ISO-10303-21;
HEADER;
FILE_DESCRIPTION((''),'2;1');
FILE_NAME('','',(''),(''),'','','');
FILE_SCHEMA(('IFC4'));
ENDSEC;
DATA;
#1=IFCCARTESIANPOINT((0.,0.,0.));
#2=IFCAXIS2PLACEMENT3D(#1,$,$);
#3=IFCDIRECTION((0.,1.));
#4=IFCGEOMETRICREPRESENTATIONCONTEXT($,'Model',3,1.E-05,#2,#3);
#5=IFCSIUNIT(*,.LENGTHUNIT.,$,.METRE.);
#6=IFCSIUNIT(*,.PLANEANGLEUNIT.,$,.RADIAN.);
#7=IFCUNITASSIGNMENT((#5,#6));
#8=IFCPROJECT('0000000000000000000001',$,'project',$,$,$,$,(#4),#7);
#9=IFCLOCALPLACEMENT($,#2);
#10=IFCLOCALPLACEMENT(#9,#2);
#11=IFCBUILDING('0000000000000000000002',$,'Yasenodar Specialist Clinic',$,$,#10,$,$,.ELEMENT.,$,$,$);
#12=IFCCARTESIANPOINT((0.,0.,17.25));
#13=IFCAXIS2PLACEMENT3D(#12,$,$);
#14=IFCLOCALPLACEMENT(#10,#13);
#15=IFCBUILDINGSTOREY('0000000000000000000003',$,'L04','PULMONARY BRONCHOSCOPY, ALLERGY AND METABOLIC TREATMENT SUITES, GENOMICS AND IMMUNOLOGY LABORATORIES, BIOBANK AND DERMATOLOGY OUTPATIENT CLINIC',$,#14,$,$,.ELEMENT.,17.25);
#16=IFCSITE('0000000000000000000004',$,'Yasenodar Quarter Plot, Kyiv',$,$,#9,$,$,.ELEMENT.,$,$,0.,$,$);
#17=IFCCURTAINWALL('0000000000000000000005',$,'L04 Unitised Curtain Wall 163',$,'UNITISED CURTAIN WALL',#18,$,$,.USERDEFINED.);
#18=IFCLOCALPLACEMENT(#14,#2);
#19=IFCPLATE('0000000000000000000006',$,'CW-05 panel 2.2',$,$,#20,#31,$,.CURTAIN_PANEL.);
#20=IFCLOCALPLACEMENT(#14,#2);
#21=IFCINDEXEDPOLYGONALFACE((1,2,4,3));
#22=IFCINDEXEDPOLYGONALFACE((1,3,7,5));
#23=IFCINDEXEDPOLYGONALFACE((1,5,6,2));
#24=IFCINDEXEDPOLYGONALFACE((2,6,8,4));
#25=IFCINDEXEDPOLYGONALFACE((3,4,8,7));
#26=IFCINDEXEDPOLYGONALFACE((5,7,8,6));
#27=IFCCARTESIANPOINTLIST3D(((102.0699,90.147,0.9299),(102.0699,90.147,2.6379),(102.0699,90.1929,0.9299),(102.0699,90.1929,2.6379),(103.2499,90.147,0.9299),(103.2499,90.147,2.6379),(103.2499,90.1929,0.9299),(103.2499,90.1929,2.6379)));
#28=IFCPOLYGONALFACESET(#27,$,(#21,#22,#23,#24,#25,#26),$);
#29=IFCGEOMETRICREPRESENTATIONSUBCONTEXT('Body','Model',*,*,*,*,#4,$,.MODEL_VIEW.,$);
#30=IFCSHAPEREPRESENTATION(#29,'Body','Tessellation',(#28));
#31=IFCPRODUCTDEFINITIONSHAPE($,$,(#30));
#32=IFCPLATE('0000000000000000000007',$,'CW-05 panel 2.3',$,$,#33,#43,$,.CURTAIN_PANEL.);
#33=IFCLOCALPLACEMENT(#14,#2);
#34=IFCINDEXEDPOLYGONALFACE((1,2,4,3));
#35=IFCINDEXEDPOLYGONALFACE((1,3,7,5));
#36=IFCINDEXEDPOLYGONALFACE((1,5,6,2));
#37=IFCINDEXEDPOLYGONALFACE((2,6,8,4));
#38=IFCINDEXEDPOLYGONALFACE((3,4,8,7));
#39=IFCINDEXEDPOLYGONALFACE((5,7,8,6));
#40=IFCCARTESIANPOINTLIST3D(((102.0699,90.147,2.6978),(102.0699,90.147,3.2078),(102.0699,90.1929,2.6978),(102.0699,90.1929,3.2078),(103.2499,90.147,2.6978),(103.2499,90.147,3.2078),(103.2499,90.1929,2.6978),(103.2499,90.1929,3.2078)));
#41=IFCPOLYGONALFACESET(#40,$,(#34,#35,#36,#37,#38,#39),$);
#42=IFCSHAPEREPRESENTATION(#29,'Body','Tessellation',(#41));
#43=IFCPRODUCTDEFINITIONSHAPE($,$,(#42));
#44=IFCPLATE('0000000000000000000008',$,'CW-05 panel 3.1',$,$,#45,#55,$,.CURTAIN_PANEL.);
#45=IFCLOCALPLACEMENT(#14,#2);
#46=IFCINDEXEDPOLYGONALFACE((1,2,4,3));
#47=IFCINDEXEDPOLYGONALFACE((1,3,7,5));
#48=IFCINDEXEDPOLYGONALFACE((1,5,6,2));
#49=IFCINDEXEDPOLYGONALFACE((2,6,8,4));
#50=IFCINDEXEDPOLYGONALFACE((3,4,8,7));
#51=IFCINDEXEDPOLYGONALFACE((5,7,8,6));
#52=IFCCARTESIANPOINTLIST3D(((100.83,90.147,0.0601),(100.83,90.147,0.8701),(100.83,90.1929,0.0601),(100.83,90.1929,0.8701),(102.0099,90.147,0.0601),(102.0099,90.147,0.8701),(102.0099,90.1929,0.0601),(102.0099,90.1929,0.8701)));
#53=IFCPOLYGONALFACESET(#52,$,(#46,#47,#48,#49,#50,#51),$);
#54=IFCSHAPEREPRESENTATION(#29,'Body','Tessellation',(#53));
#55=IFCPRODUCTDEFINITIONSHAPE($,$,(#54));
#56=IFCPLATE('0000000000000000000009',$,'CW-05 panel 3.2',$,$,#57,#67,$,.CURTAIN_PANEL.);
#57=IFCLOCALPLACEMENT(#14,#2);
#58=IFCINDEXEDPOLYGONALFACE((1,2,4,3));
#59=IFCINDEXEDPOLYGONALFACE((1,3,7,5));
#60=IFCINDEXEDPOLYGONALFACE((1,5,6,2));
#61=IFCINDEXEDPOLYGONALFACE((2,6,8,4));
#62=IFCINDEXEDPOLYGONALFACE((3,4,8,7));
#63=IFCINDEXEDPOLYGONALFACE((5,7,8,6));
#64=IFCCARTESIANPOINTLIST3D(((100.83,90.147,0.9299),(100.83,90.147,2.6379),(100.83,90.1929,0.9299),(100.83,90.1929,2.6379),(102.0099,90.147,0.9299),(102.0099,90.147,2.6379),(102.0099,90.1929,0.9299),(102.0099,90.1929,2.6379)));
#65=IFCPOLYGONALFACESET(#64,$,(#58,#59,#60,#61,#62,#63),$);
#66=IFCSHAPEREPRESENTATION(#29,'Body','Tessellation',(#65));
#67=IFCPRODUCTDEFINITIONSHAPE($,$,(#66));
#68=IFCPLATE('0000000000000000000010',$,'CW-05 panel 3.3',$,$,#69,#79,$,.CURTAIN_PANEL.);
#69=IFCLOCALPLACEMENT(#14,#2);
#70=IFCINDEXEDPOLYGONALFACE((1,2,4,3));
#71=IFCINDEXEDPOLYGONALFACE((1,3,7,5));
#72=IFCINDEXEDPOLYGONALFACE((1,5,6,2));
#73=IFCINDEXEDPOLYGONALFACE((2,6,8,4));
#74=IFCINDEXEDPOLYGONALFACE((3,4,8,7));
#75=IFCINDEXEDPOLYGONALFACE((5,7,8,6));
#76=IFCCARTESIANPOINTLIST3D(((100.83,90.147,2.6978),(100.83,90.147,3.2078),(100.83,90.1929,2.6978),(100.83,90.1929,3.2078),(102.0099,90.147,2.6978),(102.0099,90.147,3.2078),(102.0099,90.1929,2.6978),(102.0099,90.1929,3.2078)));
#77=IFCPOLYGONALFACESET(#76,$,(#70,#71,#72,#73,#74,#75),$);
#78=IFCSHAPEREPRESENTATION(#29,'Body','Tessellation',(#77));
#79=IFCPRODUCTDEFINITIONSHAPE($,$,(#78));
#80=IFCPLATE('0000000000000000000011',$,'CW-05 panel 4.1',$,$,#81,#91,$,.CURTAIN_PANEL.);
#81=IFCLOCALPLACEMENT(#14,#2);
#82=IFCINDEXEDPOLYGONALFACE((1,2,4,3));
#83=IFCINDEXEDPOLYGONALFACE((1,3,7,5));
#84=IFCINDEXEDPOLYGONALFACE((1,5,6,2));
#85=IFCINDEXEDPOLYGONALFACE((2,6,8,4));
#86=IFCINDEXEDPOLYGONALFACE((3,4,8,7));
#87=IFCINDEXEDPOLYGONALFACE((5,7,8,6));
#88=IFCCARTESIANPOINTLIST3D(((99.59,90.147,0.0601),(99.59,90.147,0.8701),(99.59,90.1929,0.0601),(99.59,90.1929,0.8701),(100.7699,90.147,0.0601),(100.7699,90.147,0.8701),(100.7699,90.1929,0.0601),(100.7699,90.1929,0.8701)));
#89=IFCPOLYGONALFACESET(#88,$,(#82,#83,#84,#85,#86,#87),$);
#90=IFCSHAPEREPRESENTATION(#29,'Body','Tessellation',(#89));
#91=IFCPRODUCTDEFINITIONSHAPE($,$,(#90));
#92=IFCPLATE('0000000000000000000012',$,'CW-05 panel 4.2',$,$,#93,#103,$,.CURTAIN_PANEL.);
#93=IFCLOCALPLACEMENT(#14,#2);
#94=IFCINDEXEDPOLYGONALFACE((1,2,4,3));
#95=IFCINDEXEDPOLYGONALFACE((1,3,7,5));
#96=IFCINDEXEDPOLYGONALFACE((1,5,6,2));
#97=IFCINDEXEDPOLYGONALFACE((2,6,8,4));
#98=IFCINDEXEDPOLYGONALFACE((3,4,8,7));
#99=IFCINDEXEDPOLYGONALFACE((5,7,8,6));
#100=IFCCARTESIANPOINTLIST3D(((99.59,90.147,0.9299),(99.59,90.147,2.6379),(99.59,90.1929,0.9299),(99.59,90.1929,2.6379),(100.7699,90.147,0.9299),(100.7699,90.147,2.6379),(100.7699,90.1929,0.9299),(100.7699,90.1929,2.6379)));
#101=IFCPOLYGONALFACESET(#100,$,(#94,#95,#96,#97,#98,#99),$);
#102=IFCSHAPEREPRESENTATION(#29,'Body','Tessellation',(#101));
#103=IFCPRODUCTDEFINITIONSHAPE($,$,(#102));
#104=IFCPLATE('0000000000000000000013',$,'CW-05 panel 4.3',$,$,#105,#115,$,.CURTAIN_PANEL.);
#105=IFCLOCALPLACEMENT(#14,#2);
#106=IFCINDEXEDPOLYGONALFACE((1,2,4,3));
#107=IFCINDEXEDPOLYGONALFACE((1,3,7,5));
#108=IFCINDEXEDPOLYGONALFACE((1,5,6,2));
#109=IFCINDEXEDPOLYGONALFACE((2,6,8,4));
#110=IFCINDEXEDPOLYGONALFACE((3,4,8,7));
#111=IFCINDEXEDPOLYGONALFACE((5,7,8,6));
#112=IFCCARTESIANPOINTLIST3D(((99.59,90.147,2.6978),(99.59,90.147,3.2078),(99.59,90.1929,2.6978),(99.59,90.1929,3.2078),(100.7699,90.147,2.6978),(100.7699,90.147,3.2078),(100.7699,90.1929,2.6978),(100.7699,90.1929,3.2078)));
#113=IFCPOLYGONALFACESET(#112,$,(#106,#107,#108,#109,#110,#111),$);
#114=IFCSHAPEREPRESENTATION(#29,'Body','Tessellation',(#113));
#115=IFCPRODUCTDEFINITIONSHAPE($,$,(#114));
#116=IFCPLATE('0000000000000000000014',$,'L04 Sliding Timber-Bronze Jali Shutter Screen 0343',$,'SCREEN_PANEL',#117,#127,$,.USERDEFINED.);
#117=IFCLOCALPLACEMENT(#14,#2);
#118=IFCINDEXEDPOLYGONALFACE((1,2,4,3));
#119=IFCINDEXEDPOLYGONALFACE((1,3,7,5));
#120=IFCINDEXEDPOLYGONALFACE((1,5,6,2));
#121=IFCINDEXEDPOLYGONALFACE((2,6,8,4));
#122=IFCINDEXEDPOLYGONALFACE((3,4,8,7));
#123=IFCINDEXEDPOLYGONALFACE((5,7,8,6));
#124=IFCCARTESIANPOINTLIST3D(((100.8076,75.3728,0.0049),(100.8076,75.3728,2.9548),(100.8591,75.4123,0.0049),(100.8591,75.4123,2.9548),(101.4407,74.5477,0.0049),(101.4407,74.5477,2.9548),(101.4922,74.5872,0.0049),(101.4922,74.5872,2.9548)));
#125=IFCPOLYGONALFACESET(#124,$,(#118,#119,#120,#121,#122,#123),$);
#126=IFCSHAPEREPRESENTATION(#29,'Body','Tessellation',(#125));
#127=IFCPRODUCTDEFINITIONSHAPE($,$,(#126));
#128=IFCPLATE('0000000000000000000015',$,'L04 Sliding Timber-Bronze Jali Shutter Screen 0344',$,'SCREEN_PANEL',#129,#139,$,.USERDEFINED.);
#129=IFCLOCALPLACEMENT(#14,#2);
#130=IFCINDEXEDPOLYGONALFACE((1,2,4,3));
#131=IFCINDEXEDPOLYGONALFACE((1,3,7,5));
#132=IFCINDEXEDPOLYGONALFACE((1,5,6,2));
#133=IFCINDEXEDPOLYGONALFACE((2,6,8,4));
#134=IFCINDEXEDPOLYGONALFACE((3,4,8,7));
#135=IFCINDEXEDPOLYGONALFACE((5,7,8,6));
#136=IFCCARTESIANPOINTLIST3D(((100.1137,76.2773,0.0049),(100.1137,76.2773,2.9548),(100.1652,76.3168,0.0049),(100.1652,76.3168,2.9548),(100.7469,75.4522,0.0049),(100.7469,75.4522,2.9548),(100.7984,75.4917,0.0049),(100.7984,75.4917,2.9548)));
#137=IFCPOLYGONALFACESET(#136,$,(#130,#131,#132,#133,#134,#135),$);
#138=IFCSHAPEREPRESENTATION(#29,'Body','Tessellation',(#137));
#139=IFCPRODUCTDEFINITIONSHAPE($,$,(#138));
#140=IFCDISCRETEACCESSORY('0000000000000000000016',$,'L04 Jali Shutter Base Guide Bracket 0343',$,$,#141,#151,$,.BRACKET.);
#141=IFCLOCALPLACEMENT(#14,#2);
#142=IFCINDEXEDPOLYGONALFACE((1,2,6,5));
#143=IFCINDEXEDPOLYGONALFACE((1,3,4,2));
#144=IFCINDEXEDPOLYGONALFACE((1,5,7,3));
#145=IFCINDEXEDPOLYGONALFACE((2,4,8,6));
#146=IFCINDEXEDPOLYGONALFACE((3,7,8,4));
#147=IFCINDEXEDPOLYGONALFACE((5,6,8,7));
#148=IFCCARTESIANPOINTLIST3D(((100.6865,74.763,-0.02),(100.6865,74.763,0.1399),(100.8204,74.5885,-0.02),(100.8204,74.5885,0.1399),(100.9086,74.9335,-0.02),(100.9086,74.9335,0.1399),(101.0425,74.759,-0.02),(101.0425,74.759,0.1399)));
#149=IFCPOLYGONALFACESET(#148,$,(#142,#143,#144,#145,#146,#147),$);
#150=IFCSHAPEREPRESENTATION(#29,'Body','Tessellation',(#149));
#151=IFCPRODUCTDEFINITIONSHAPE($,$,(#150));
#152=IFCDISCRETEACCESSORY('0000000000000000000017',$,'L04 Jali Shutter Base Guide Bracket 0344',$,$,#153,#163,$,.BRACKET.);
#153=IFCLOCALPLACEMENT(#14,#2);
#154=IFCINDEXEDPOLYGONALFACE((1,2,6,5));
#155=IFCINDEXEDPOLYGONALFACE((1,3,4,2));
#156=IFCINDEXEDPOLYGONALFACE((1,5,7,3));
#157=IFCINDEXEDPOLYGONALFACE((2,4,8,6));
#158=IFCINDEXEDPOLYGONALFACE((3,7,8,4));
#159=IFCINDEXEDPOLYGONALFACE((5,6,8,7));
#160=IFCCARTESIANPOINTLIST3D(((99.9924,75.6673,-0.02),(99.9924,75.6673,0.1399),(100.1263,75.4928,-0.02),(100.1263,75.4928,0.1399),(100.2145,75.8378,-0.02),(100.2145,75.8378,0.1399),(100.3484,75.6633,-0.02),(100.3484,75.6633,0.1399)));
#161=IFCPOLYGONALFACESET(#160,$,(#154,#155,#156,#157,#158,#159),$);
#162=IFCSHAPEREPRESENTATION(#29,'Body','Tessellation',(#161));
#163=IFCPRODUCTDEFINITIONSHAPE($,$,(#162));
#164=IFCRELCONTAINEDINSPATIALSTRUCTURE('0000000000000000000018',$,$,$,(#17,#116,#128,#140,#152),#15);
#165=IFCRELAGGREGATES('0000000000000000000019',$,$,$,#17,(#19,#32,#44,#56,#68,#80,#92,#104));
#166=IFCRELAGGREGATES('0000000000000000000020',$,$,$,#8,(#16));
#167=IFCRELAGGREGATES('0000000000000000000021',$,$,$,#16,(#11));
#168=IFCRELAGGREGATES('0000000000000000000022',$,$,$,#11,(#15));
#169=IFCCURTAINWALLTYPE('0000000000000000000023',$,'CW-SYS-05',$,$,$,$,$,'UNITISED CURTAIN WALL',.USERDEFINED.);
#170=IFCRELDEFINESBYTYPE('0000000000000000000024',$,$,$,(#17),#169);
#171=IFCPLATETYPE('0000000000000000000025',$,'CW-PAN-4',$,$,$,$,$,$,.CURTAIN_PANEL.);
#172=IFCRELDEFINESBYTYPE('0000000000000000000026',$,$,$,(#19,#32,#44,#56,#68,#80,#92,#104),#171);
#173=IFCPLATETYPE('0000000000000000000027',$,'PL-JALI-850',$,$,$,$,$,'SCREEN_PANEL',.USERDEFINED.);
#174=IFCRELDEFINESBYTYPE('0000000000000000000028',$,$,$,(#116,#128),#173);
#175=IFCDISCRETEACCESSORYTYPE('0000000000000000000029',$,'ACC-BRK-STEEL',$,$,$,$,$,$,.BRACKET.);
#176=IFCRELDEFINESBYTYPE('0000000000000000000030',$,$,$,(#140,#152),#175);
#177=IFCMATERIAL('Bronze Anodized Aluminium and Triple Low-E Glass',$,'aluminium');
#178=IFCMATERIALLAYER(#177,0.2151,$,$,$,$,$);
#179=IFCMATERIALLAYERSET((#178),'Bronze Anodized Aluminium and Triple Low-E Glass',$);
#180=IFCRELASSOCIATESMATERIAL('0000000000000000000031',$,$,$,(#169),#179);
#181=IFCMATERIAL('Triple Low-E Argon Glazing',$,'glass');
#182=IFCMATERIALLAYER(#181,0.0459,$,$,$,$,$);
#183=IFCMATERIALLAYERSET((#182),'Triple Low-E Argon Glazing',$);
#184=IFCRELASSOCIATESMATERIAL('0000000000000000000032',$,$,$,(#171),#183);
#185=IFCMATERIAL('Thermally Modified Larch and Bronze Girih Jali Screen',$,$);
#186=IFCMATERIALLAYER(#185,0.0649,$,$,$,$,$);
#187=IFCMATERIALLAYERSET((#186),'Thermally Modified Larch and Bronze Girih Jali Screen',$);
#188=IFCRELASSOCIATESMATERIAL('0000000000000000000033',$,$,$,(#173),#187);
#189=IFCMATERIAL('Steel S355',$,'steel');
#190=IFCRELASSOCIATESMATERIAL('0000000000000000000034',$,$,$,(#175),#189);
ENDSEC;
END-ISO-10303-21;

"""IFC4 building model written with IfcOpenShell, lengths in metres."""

from ifc_helpers import new_model, si_unit, direction, frame, origin, origin_2d, place, context, subcontext, project, spatial, rectangle, extrude, material, layer, layer_set, type_object, element, aggregate, save


model = new_model("IFC4")

# Units and contexts
model_context = context("Model", 3, precision=1e-05, world=origin(), true_north=direction((0.0, 1.0)))
body_context = subcontext(model_context, "Body", "Model", "MODEL_VIEW")
ifc_project = project(units=[si_unit("LENGTHUNIT", "METRE"), si_unit("PLANEANGLEUNIT", "RADIAN")], contexts=[model_context])

# Site, building, storey
site_placement = place(None, origin())
site = spatial("IfcSite", under=ifc_project, at=site_placement, Name="Yasenodar Quarter Plot, Kyiv", CompositionType="ELEMENT", RefElevation=0.0)
building_placement = place(site_placement, origin())
building = spatial("IfcBuilding", under=site, at=building_placement, Name="Yasenodar Specialist Clinic", CompositionType="ELEMENT")
storey_placement = place(building_placement, frame((0.0, 0.0, 17.25)))
storey = spatial("IfcBuildingStorey", under=building, at=storey_placement, Name="L04", Description="PULMONARY BRONCHOSCOPY, ALLERGY AND METABOLIC TREATMENT SUITES, GENOMICS AND IMMUNOLOGY LABORATORIES, BIOBANK AND DERMATOLOGY OUTPATIENT CLINIC", CompositionType="ELEMENT", Elevation=17.25)

# Curtain wall, plates
ifc_material_1 = material(Name="Bronze Anodized Aluminium and Triple Low-E Glass", Category="aluminium")
ifc_layer_1 = layer(ifc_material_1, 0.2151)
ifc_layer_set_1 = layer_set([ifc_layer_1], Name="Bronze Anodized Aluminium and Triple Low-E Glass")
curtain_wall_type = type_object("IfcCurtainWallType", Name="CW-SYS-05", ElementType="UNITISED CURTAIN WALL", PredefinedType="USERDEFINED", material=ifc_layer_set_1)
curtain_wall_placement = place(storey_placement, origin())
curtain_wall = element("IfcCurtainWall", 1, at=curtain_wall_placement, inside=storey, type_object=curtain_wall_type, Name="L04 Unitised Curtain Wall 163", ObjectType="UNITISED CURTAIN WALL", PredefinedType="USERDEFINED")
ifc_material_2 = material(Name="Triple Low-E Argon Glazing", Category="glass")
ifc_layer_2 = layer(ifc_material_2, 0.0459)
ifc_layer_set_2 = layer_set([ifc_layer_2], Name="Triple Low-E Argon Glazing")
plate_type_1 = type_object("IfcPlateType", Name="CW-PAN-4", PredefinedType="CURTAIN_PANEL", material=ifc_layer_set_2)
plate_1_placement = place(storey_placement, frame((102.6599, 90.1699, 0.9299), z_axis=(0.0, 0.0, 1.0), x_axis=(-1.0, 0.0, 0.0)))
plate_1 = element("IfcPlate", 2, at=plate_1_placement, type_object=plate_type_1, Name="CW-05 panel 2.2", PredefinedType="CURTAIN_PANEL", context=body_context, shape_type="SweptSolid", body=[
    extrude(rectangle(XDim=1.1799, YDim=0.0459, at=origin_2d()), origin(), (0.0, 0.0, 1.0), 1.708),
])
plate_2_placement = place(storey_placement, frame((102.6599, 90.1699, 2.6978), z_axis=(0.0, 0.0, 1.0), x_axis=(-1.0, 0.0, 0.0)))
plate_2 = element("IfcPlate", 3, at=plate_2_placement, type_object=plate_type_1, Name="CW-05 panel 2.3", PredefinedType="CURTAIN_PANEL", context=body_context, shape_type="SweptSolid", body=[
    extrude(rectangle(XDim=1.1799, YDim=0.0459, at=origin_2d()), origin(), (0.0, 0.0, 1.0), 0.51),
])
plate_3_placement = place(storey_placement, frame((101.4199, 90.1699, 0.0601), z_axis=(0.0, 0.0, 1.0), x_axis=(-1.0, 0.0, 0.0)))
plate_3 = element("IfcPlate", 4, at=plate_3_placement, type_object=plate_type_1, Name="CW-05 panel 3.1", PredefinedType="CURTAIN_PANEL", context=body_context, shape_type="SweptSolid", body=[
    extrude(rectangle(XDim=1.1799, YDim=0.0459, at=origin_2d()), origin(), (0.0, 0.0, 1.0), 0.8101),
])
plate_4_placement = place(storey_placement, frame((101.4199, 90.1699, 0.9299), z_axis=(0.0, 0.0, 1.0), x_axis=(-1.0, 0.0, 0.0)))
plate_4 = element("IfcPlate", 5, at=plate_4_placement, type_object=plate_type_1, Name="CW-05 panel 3.2", PredefinedType="CURTAIN_PANEL", context=body_context, shape_type="SweptSolid", body=[
    extrude(rectangle(XDim=1.1799, YDim=0.0459, at=origin_2d()), origin(), (0.0, 0.0, 1.0), 1.708),
])
plate_5_placement = place(storey_placement, frame((101.4199, 90.1699, 2.6978), z_axis=(0.0, 0.0, 1.0), x_axis=(-1.0, 0.0, 0.0)))
plate_5 = element("IfcPlate", 6, at=plate_5_placement, type_object=plate_type_1, Name="CW-05 panel 3.3", PredefinedType="CURTAIN_PANEL", context=body_context, shape_type="SweptSolid", body=[
    extrude(rectangle(XDim=1.1799, YDim=0.0459, at=origin_2d()), origin(), (0.0, 0.0, 1.0), 0.51),
])
plate_6_placement = place(storey_placement, frame((100.1799, 90.1699, 0.0601), z_axis=(0.0, 0.0, 1.0), x_axis=(-1.0, 0.0, 0.0)))
plate_6 = element("IfcPlate", 7, at=plate_6_placement, type_object=plate_type_1, Name="CW-05 panel 4.1", PredefinedType="CURTAIN_PANEL", context=body_context, shape_type="SweptSolid", body=[
    extrude(rectangle(XDim=1.1799, YDim=0.0459, at=origin_2d()), origin(), (0.0, 0.0, 1.0), 0.8101),
])
plate_7_placement = place(storey_placement, frame((100.1799, 90.1699, 0.9299), z_axis=(0.0, 0.0, 1.0), x_axis=(-1.0, 0.0, 0.0)))
plate_7 = element("IfcPlate", 8, at=plate_7_placement, type_object=plate_type_1, Name="CW-05 panel 4.2", PredefinedType="CURTAIN_PANEL", context=body_context, shape_type="SweptSolid", body=[
    extrude(rectangle(XDim=1.1799, YDim=0.0459, at=origin_2d()), origin(), (0.0, 0.0, 1.0), 1.708),
])
plate_8_placement = place(storey_placement, frame((100.1799, 90.1699, 2.6978), z_axis=(0.0, 0.0, 1.0), x_axis=(-1.0, 0.0, 0.0)))
plate_8 = element("IfcPlate", 9, at=plate_8_placement, type_object=plate_type_1, Name="CW-05 panel 4.3", PredefinedType="CURTAIN_PANEL", context=body_context, shape_type="SweptSolid", body=[
    extrude(rectangle(XDim=1.1799, YDim=0.0459, at=origin_2d()), origin(), (0.0, 0.0, 1.0), 0.51),
])
aggregate(curtain_wall, [plate_1, plate_2, plate_3, plate_4, plate_5, plate_6, plate_7, plate_8])

# Plates
ifc_material_3 = material(Name="Thermally Modified Larch and Bronze Girih Jali Screen")
ifc_layer_3 = layer(ifc_material_3, 0.0649)
ifc_layer_set_3 = layer_set([ifc_layer_3], Name="Thermally Modified Larch and Bronze Girih Jali Screen")
plate_type_2 = type_object("IfcPlateType", Name="PL-JALI-850", ElementType="SCREEN_PANEL", PredefinedType="USERDEFINED", material=ifc_layer_set_3)
for number, where, z_axis, x_axis, name in (
    (10, (101.1499, 74.98, 0.0049), (0.0, 0.0, 1.0), (-0.608764, 0.793351, 0.0), "L04 Sliding Timber-Bronze Jali Shutter Screen 0343"),
    (11, (100.4561, 75.8845, 0.0049), (0.0, 0.0, 1.0), (-0.608764, 0.793351, 0.0), "L04 Sliding Timber-Bronze Jali Shutter Screen 0344"),
):
    element("IfcPlate", number, at=place(storey_placement, frame(where, z_axis=z_axis, x_axis=x_axis)), inside=storey, type_object=plate_type_2, Name=name, ObjectType="SCREEN_PANEL", PredefinedType="USERDEFINED", context=body_context, shape_type="SweptSolid", body=[
        extrude(rectangle(XDim=1.04, YDim=0.0649, at=origin_2d()), origin(), (0.0, 0.0, 1.0), 2.95),
    ])

# Discrete accessories
ifc_material_4 = material(Name="Steel S355", Category="steel")
discrete_accessory_type = type_object("IfcDiscreteAccessoryType", Name="ACC-BRK-STEEL", PredefinedType="BRACKET", material=ifc_material_4)
for number, where, z_axis, x_axis, name in (
    (12, (100.8645, 74.761, -0.02), (0.0, 0.0, 1.0), (-0.608764, 0.793351, 0.0), "L04 Jali Shutter Base Guide Bracket 0343"),
    (13, (100.1704, 75.6653, -0.02), (0.0, 0.0, 1.0), (-0.608764, 0.793351, 0.0), "L04 Jali Shutter Base Guide Bracket 0344"),
):
    element("IfcDiscreteAccessory", number, at=place(storey_placement, frame(where, z_axis=z_axis, x_axis=x_axis)), inside=storey, type_object=discrete_accessory_type, Name=name, PredefinedType="BRACKET", context=body_context, shape_type="SweptSolid", body=[
        extrude(rectangle(XDim=0.22, YDim=0.28, at=origin_2d()), origin(), (0.0, 0.0, 1.0), 0.1599),
    ])

save(model, "model.ifc")
